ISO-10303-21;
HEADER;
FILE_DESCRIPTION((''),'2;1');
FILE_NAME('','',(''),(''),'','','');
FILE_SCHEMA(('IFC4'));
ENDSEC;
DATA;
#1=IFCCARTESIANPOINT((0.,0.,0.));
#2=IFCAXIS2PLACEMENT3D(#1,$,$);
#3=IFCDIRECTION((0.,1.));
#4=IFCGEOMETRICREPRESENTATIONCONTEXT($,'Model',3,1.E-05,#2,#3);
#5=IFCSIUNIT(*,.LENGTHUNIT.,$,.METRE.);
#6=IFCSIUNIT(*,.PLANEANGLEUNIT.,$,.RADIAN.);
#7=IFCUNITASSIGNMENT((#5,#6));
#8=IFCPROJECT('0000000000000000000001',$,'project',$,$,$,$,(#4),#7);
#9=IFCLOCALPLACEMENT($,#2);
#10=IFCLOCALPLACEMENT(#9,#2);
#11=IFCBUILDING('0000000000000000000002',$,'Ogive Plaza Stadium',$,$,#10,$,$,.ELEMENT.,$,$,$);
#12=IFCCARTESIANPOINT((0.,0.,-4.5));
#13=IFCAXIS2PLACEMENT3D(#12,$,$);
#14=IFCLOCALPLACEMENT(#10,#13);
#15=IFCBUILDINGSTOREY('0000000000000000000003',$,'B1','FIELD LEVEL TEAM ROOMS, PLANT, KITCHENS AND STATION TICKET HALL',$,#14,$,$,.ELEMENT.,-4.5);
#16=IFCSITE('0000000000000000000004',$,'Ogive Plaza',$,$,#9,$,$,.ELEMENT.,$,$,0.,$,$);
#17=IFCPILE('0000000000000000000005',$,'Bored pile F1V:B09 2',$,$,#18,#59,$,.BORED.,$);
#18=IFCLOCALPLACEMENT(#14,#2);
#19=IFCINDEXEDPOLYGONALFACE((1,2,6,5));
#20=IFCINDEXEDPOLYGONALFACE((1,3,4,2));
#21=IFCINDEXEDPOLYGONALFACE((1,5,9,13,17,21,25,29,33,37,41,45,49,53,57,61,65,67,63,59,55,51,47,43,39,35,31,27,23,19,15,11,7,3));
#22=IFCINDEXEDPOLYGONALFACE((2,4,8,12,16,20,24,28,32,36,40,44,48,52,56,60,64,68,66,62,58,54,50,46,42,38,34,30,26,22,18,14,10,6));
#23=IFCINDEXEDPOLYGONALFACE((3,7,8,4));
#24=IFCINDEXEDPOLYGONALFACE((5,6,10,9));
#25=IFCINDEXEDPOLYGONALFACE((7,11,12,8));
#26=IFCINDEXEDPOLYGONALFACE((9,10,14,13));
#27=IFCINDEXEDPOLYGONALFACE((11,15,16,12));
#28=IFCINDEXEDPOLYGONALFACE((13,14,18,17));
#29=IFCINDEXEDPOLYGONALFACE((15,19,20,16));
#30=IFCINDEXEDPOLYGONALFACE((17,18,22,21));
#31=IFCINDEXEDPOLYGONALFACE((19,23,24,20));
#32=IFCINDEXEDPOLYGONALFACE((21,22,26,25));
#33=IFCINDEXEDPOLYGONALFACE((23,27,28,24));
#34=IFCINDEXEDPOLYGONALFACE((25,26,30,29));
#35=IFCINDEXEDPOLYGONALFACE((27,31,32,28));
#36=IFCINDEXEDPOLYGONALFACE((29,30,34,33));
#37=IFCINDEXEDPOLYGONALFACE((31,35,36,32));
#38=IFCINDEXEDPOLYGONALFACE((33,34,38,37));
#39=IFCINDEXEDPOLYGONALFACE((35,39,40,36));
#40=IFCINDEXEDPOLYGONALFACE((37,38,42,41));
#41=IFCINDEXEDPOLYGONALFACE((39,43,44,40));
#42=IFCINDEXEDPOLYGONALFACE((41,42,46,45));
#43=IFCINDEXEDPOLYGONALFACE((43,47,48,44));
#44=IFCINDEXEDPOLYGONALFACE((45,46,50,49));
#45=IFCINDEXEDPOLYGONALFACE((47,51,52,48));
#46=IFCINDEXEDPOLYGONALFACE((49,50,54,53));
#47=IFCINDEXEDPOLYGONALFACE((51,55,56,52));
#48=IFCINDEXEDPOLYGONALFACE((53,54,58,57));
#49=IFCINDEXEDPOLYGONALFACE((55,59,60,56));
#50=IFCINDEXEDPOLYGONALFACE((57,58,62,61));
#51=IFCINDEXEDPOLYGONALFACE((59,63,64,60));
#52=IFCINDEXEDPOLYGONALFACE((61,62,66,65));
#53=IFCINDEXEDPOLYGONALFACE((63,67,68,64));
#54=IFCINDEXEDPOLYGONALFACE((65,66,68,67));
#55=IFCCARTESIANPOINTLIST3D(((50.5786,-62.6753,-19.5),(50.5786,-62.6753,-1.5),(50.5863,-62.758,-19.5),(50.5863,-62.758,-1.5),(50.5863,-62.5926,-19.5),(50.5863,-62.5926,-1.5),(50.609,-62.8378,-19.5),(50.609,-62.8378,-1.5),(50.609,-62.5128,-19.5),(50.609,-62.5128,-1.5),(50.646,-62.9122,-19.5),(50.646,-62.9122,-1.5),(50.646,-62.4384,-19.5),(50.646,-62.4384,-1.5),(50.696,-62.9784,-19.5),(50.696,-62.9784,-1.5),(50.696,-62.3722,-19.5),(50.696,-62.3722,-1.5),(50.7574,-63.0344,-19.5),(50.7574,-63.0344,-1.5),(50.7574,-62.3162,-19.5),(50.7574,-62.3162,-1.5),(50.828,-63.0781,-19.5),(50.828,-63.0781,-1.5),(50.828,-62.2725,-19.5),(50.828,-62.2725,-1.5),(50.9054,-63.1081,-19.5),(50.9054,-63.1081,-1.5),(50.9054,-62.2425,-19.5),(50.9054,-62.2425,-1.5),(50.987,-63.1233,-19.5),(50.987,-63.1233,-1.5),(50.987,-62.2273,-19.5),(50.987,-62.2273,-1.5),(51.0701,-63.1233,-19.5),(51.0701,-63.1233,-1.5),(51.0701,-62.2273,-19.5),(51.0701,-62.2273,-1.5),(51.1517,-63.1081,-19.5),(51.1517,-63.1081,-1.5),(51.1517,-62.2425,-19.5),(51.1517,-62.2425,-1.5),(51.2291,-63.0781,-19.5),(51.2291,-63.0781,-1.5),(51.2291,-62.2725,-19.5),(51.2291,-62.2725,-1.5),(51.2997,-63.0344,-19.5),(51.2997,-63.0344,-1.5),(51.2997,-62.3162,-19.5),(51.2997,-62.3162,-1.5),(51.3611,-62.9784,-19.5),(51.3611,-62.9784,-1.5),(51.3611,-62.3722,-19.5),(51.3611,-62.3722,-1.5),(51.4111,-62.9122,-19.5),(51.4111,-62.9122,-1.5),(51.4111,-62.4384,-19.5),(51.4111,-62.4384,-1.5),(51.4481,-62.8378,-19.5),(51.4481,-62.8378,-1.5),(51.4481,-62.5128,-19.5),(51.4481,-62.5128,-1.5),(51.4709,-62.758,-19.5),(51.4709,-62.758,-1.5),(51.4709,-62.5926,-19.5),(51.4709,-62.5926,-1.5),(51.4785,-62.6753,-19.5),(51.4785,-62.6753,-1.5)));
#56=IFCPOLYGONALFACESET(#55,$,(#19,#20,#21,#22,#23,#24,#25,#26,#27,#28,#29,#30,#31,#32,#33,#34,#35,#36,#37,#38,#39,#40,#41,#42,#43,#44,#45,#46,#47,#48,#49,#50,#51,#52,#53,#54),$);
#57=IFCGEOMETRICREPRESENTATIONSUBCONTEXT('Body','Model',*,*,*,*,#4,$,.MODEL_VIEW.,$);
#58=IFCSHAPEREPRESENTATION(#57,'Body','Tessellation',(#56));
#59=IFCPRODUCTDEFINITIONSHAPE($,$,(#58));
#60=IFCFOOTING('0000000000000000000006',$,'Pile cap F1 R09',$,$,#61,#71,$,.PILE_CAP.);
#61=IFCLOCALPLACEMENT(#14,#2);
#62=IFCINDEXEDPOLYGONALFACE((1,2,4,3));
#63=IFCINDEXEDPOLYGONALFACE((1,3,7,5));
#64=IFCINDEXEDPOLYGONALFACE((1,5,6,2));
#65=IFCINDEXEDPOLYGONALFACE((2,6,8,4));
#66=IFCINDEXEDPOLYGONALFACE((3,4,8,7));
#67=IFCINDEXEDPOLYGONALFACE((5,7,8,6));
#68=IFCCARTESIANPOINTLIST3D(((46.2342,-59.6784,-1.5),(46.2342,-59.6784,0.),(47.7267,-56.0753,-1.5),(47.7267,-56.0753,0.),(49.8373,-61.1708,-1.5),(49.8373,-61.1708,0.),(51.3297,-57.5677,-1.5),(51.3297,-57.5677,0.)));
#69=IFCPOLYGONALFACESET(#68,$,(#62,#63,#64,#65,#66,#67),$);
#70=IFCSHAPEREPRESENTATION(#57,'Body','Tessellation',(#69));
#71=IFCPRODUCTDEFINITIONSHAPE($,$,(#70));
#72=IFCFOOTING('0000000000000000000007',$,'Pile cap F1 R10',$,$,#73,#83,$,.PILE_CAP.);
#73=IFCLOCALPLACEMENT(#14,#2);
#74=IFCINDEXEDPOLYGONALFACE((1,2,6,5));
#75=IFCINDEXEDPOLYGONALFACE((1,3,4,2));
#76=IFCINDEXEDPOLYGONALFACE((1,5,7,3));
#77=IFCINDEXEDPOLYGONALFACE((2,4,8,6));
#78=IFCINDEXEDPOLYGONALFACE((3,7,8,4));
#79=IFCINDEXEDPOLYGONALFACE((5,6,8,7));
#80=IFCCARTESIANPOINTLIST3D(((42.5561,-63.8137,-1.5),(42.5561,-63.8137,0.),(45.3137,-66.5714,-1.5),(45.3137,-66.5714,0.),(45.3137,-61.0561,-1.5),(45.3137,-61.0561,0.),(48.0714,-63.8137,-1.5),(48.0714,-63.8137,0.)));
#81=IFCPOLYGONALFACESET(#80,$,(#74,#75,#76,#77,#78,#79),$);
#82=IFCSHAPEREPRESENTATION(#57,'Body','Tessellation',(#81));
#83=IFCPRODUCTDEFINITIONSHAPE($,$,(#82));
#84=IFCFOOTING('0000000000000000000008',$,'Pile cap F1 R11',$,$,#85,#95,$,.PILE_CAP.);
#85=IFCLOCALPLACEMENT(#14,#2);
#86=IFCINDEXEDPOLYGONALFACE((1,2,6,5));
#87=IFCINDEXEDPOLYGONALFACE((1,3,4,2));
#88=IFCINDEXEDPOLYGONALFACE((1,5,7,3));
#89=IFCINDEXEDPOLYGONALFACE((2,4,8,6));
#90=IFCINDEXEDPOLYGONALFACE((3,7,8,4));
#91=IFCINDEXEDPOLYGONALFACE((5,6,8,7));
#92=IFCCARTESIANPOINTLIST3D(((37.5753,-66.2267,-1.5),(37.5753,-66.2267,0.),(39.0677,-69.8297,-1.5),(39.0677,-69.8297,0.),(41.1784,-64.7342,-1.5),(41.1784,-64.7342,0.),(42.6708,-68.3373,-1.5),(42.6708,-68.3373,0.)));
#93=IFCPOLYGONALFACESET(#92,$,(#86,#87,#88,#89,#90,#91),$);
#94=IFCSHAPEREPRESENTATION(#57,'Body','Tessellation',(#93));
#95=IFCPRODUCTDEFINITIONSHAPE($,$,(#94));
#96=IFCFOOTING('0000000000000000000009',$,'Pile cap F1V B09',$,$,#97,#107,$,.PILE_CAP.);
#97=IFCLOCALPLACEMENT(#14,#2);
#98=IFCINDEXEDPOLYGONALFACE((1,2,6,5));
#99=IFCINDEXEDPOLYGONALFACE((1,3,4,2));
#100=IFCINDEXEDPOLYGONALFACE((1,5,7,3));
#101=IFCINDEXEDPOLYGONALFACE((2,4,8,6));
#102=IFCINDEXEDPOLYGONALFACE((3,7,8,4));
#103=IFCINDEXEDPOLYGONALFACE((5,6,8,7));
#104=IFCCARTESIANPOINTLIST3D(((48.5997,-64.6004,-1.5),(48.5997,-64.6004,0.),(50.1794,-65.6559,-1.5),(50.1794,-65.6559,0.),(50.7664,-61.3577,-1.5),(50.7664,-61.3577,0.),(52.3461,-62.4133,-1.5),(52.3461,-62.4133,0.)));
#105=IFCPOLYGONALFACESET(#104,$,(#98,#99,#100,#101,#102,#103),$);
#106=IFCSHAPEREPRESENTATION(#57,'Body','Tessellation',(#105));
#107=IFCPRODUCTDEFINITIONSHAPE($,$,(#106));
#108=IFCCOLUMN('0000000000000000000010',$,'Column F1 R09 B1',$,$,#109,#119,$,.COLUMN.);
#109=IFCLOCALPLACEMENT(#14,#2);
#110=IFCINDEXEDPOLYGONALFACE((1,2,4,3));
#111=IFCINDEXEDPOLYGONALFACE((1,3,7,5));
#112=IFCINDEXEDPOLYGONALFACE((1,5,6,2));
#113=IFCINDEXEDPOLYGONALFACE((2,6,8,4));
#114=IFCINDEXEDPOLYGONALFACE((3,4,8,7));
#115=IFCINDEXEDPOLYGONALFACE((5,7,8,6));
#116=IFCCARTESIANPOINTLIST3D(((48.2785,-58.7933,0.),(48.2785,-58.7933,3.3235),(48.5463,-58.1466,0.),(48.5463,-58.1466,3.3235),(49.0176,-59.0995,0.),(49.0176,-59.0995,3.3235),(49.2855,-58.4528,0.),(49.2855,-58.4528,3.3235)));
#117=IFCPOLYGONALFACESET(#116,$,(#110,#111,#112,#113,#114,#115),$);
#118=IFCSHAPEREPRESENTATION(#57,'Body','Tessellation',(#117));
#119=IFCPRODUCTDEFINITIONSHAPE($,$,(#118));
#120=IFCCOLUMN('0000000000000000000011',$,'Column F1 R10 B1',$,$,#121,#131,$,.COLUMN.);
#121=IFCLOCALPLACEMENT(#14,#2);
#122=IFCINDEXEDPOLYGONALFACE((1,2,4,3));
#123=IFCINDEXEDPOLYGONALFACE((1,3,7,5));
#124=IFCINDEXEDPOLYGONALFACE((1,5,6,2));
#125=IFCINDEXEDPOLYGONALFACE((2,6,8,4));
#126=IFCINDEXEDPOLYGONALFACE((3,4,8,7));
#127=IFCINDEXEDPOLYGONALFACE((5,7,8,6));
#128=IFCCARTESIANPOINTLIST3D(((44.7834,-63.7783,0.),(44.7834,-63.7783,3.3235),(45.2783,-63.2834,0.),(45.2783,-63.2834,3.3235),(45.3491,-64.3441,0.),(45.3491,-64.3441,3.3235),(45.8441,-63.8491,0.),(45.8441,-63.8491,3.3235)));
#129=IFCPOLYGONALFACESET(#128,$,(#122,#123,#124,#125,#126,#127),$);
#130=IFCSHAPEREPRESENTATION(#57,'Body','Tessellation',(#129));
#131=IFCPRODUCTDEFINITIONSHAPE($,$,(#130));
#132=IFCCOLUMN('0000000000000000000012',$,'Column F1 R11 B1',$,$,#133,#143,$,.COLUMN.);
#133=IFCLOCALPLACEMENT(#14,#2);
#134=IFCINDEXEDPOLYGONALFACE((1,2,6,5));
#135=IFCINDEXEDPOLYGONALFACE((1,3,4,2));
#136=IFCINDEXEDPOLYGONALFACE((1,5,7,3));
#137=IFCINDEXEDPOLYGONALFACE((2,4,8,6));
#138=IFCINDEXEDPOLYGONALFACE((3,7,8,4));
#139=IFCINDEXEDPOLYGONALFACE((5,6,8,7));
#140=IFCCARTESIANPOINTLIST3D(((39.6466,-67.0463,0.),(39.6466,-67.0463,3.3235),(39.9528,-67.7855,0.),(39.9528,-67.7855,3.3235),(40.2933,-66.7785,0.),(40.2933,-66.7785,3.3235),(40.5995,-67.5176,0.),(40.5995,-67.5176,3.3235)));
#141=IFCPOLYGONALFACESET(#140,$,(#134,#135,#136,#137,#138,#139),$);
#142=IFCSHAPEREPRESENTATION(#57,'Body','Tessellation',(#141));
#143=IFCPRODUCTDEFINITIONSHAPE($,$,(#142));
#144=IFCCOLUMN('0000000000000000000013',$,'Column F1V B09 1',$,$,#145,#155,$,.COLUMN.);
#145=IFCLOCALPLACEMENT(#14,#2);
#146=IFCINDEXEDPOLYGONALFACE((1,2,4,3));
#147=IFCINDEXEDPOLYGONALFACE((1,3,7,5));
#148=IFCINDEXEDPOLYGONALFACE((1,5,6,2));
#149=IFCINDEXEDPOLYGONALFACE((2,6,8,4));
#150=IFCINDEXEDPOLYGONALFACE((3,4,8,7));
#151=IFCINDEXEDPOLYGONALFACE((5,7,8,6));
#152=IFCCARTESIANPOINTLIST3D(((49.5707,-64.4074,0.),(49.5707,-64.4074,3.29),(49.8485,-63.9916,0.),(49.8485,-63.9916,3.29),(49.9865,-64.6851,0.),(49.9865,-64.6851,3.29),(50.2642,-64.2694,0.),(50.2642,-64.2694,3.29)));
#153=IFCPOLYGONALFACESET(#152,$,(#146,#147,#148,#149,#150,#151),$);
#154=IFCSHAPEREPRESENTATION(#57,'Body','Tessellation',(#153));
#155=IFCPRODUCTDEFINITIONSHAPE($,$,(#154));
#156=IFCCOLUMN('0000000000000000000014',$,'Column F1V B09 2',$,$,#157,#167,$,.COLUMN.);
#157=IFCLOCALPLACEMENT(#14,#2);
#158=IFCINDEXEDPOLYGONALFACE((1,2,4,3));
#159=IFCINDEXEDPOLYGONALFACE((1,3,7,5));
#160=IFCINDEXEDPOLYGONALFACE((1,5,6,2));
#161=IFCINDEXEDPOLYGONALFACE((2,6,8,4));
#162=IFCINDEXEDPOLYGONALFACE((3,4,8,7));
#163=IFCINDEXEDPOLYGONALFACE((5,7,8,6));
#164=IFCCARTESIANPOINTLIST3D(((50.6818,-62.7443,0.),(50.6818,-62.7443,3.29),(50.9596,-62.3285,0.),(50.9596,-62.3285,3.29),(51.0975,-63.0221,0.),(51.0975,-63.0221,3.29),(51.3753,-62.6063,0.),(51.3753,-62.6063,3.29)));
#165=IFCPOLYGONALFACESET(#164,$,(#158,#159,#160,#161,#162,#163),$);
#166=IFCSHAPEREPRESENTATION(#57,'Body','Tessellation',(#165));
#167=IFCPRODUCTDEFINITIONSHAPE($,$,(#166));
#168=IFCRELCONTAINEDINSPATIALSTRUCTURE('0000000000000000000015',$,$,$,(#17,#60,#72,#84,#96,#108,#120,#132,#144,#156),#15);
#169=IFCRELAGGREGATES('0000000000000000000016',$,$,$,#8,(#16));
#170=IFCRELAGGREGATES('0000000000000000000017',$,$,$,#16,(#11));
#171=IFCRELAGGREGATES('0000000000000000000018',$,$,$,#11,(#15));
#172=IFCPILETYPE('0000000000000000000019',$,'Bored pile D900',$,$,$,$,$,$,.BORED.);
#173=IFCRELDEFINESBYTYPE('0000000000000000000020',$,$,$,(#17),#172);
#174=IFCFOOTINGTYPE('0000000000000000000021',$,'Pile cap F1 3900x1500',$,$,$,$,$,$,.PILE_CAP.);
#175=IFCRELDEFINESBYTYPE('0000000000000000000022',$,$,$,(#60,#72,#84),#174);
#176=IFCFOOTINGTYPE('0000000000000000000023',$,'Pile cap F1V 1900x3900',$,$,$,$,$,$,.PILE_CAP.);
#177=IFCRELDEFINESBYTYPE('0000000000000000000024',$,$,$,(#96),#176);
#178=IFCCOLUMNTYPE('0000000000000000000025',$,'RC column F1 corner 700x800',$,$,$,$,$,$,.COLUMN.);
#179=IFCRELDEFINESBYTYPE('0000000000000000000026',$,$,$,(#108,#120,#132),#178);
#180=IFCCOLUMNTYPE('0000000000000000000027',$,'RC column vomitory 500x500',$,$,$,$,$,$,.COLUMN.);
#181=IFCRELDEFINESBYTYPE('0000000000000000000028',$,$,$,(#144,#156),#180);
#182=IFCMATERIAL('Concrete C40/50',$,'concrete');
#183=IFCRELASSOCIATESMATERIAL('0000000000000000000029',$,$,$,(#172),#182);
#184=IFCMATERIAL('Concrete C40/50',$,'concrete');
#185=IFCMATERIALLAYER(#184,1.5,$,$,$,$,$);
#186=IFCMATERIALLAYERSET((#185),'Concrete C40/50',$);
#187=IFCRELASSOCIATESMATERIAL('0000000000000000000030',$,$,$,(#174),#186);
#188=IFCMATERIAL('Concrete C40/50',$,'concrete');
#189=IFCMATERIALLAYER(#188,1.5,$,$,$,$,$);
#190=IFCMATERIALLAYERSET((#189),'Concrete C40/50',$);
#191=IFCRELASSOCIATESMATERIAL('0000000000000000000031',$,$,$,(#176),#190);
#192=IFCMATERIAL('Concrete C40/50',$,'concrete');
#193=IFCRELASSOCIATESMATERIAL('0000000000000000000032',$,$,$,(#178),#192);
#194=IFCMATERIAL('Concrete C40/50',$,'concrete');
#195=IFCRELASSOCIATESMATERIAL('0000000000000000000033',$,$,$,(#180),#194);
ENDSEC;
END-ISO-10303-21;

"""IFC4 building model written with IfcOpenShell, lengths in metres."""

from ifc_helpers import new_model, si_unit, direction, frame, origin, origin_2d, place, context, subcontext, project, spatial, rectangle, circle, extrude, material, layer, layer_set, material_profile, profile_set, type_object, element, save


model = new_model("IFC4")

# Units and contexts
model_context = context("Model", 3, precision=1e-05, world=origin(), true_north=direction((0.0, 1.0)))
body_context = subcontext(model_context, "Body", "Model", "MODEL_VIEW")
ifc_project = project(units=[si_unit("LENGTHUNIT", "METRE"), si_unit("PLANEANGLEUNIT", "RADIAN")], contexts=[model_context])

# Site, building, storey
site_placement = place(None, origin())
site = spatial("IfcSite", under=ifc_project, at=site_placement, Name="Ogive Plaza", CompositionType="ELEMENT", RefElevation=0.0)
building_placement = place(site_placement, origin())
building = spatial("IfcBuilding", under=site, at=building_placement, Name="Ogive Plaza Stadium", CompositionType="ELEMENT")
storey_placement = place(building_placement, frame((0.0, 0.0, -4.5)))
storey = spatial("IfcBuildingStorey", under=building, at=storey_placement, Name="B1", Description="FIELD LEVEL TEAM ROOMS, PLANT, KITCHENS AND STATION TICKET HALL", CompositionType="ELEMENT", Elevation=-4.5)

# Pile
ifc_material_1 = material(Name="Concrete C40/50", Category="concrete")
ifc_material_profile_1 = material_profile(ifc_material_1, circle(Radius=0.45, at=origin_2d()), Name="RC D900")
ifc_profile_set_1 = profile_set([ifc_material_profile_1], Name="Concrete C40/50")
pile_type = type_object("IfcPileType", Name="Bored pile D900", PredefinedType="BORED", material=ifc_profile_set_1)
for number, where, z_axis, x_axis, name in (
    (1, (51.0286, -62.6753, -1.5), (0.0, 0.0, -1.0), (1.0, 0.0, 0.0), "Bored pile F1V:B09 2"),
):
    element("IfcPile", number, at=place(storey_placement, frame(where, z_axis=z_axis, x_axis=x_axis)), inside=storey, type_object=pile_type, Name=name, PredefinedType="BORED", context=body_context, shape_type="SweptSolid", body=[
        extrude(circle(Radius=0.45, at=origin_2d()), origin(), (0.0, 0.0, 1.0), 18.0),
    ])

# Footings
ifc_material_2 = material(Name="Concrete C40/50", Category="concrete")
ifc_layer_1 = layer(ifc_material_2, 1.5)
ifc_layer_set_1 = layer_set([ifc_layer_1], Name="Concrete C40/50")
footing_type_1 = type_object("IfcFootingType", Name="Pile cap F1 3900x1500", PredefinedType="PILE_CAP", material=ifc_layer_set_1)
for number, where, z_axis, x_axis, name in (
    (2, (48.782, -58.623, -1.5), (0.0, 0.0, 1.0), (0.92388, -0.382683, 0.0), "Pile cap F1 R09"),
    (3, (45.3137, -63.8137, -1.5), (0.0, 0.0, 1.0), (0.707107, -0.707107, 0.0), "Pile cap F1 R10"),
    (4, (40.123, -67.282, -1.5), (0.0, 0.0, 1.0), (0.382683, -0.92388, 0.0), "Pile cap F1 R11"),
):
    element("IfcFooting", number, at=place(storey_placement, frame(where, z_axis=z_axis, x_axis=x_axis)), inside=storey, type_object=footing_type_1, Name=name, PredefinedType="PILE_CAP", context=body_context, shape_type="SweptSolid", body=[
        extrude(rectangle(XDim=3.8999, YDim=3.8999, at=origin_2d()), origin(), (0.0, 0.0, 1.0), 1.5),
    ])
ifc_material_3 = material(Name="Concrete C40/50", Category="concrete")
ifc_layer_2 = layer(ifc_material_3, 1.5)
ifc_layer_set_2 = layer_set([ifc_layer_2], Name="Concrete C40/50")
footing_type_2 = type_object("IfcFootingType", Name="Pile cap F1V 1900x3900", PredefinedType="PILE_CAP", material=ifc_layer_set_2)
footing_placement = place(storey_placement, frame((50.4729, -63.5068, -1.5), z_axis=(0.0, 0.0, 1.0), x_axis=(0.83147, -0.55557, 0.0)))
element("IfcFooting", 5, at=footing_placement, inside=storey, type_object=footing_type_2, Name="Pile cap F1V B09", PredefinedType="PILE_CAP", context=body_context, shape_type="SweptSolid", body=[
    extrude(rectangle(XDim=1.8999, YDim=3.8999, at=origin_2d()), origin(), (0.0, 0.0, 1.0), 1.5),
])

# Columns
ifc_material_4 = material(Name="Concrete C40/50", Category="concrete")
ifc_material_profile_2 = material_profile(ifc_material_4, rectangle(XDim=0.7, YDim=0.8, at=origin_2d()), Name="RC 700x800")
ifc_profile_set_2 = profile_set([ifc_material_profile_2], Name="Concrete C40/50")
column_type_1 = type_object("IfcColumnType", Name="RC column F1 corner 700x800", PredefinedType="COLUMN", material=ifc_profile_set_2)
for number, where, z_axis, x_axis, name in (
    (6, (48.782, -58.623, 0.0), (0.0, 0.0, 1.0), (0.382683, 0.92388, 0.0), "Column F1 R09 B1"),
    (7, (45.3137, -63.8137, 0.0), (0.0, 0.0, 1.0), (0.707107, 0.707107, 0.0), "Column F1 R10 B1"),
    (8, (40.123, -67.282, 0.0), (0.0, 0.0, 1.0), (0.92388, 0.382683, 0.0), "Column F1 R11 B1"),
):
    element("IfcColumn", number, at=place(storey_placement, frame(where, z_axis=z_axis, x_axis=x_axis)), inside=storey, type_object=column_type_1, Name=name, PredefinedType="COLUMN", context=body_context, shape_type="SweptSolid", body=[
        extrude(rectangle(XDim=0.7, YDim=0.8, at=origin_2d()), origin(), (0.0, 0.0, 1.0), 3.3235),
    ])
ifc_material_5 = material(Name="Concrete C40/50", Category="concrete")
ifc_material_profile_3 = material_profile(ifc_material_5, rectangle(XDim=0.5, YDim=0.5, at=origin_2d()), Name="RC 500x500")
ifc_profile_set_3 = profile_set([ifc_material_profile_3], Name="Concrete C40/50")
column_type_2 = type_object("IfcColumnType", Name="RC column vomitory 500x500", PredefinedType="COLUMN", material=ifc_profile_set_3)
for number, where, z_axis, x_axis, name in (
    (9, (49.9175, -64.3384, 0.0), (0.0, 0.0, 1.0), (0.55557, 0.83147, 0.0), "Column F1V B09 1"),
    (10, (51.0286, -62.6753, 0.0), (0.0, 0.0, 1.0), (0.55557, 0.83147, 0.0), "Column F1V B09 2"),
):
    element("IfcColumn", number, at=place(storey_placement, frame(where, z_axis=z_axis, x_axis=x_axis)), inside=storey, type_object=column_type_2, Name=name, PredefinedType="COLUMN", context=body_context, shape_type="SweptSolid", body=[
        extrude(rectangle(XDim=0.5, YDim=0.5, at=origin_2d()), origin(), (0.0, 0.0, 1.0), 3.29),
    ])

save(model, "model.ifc")
